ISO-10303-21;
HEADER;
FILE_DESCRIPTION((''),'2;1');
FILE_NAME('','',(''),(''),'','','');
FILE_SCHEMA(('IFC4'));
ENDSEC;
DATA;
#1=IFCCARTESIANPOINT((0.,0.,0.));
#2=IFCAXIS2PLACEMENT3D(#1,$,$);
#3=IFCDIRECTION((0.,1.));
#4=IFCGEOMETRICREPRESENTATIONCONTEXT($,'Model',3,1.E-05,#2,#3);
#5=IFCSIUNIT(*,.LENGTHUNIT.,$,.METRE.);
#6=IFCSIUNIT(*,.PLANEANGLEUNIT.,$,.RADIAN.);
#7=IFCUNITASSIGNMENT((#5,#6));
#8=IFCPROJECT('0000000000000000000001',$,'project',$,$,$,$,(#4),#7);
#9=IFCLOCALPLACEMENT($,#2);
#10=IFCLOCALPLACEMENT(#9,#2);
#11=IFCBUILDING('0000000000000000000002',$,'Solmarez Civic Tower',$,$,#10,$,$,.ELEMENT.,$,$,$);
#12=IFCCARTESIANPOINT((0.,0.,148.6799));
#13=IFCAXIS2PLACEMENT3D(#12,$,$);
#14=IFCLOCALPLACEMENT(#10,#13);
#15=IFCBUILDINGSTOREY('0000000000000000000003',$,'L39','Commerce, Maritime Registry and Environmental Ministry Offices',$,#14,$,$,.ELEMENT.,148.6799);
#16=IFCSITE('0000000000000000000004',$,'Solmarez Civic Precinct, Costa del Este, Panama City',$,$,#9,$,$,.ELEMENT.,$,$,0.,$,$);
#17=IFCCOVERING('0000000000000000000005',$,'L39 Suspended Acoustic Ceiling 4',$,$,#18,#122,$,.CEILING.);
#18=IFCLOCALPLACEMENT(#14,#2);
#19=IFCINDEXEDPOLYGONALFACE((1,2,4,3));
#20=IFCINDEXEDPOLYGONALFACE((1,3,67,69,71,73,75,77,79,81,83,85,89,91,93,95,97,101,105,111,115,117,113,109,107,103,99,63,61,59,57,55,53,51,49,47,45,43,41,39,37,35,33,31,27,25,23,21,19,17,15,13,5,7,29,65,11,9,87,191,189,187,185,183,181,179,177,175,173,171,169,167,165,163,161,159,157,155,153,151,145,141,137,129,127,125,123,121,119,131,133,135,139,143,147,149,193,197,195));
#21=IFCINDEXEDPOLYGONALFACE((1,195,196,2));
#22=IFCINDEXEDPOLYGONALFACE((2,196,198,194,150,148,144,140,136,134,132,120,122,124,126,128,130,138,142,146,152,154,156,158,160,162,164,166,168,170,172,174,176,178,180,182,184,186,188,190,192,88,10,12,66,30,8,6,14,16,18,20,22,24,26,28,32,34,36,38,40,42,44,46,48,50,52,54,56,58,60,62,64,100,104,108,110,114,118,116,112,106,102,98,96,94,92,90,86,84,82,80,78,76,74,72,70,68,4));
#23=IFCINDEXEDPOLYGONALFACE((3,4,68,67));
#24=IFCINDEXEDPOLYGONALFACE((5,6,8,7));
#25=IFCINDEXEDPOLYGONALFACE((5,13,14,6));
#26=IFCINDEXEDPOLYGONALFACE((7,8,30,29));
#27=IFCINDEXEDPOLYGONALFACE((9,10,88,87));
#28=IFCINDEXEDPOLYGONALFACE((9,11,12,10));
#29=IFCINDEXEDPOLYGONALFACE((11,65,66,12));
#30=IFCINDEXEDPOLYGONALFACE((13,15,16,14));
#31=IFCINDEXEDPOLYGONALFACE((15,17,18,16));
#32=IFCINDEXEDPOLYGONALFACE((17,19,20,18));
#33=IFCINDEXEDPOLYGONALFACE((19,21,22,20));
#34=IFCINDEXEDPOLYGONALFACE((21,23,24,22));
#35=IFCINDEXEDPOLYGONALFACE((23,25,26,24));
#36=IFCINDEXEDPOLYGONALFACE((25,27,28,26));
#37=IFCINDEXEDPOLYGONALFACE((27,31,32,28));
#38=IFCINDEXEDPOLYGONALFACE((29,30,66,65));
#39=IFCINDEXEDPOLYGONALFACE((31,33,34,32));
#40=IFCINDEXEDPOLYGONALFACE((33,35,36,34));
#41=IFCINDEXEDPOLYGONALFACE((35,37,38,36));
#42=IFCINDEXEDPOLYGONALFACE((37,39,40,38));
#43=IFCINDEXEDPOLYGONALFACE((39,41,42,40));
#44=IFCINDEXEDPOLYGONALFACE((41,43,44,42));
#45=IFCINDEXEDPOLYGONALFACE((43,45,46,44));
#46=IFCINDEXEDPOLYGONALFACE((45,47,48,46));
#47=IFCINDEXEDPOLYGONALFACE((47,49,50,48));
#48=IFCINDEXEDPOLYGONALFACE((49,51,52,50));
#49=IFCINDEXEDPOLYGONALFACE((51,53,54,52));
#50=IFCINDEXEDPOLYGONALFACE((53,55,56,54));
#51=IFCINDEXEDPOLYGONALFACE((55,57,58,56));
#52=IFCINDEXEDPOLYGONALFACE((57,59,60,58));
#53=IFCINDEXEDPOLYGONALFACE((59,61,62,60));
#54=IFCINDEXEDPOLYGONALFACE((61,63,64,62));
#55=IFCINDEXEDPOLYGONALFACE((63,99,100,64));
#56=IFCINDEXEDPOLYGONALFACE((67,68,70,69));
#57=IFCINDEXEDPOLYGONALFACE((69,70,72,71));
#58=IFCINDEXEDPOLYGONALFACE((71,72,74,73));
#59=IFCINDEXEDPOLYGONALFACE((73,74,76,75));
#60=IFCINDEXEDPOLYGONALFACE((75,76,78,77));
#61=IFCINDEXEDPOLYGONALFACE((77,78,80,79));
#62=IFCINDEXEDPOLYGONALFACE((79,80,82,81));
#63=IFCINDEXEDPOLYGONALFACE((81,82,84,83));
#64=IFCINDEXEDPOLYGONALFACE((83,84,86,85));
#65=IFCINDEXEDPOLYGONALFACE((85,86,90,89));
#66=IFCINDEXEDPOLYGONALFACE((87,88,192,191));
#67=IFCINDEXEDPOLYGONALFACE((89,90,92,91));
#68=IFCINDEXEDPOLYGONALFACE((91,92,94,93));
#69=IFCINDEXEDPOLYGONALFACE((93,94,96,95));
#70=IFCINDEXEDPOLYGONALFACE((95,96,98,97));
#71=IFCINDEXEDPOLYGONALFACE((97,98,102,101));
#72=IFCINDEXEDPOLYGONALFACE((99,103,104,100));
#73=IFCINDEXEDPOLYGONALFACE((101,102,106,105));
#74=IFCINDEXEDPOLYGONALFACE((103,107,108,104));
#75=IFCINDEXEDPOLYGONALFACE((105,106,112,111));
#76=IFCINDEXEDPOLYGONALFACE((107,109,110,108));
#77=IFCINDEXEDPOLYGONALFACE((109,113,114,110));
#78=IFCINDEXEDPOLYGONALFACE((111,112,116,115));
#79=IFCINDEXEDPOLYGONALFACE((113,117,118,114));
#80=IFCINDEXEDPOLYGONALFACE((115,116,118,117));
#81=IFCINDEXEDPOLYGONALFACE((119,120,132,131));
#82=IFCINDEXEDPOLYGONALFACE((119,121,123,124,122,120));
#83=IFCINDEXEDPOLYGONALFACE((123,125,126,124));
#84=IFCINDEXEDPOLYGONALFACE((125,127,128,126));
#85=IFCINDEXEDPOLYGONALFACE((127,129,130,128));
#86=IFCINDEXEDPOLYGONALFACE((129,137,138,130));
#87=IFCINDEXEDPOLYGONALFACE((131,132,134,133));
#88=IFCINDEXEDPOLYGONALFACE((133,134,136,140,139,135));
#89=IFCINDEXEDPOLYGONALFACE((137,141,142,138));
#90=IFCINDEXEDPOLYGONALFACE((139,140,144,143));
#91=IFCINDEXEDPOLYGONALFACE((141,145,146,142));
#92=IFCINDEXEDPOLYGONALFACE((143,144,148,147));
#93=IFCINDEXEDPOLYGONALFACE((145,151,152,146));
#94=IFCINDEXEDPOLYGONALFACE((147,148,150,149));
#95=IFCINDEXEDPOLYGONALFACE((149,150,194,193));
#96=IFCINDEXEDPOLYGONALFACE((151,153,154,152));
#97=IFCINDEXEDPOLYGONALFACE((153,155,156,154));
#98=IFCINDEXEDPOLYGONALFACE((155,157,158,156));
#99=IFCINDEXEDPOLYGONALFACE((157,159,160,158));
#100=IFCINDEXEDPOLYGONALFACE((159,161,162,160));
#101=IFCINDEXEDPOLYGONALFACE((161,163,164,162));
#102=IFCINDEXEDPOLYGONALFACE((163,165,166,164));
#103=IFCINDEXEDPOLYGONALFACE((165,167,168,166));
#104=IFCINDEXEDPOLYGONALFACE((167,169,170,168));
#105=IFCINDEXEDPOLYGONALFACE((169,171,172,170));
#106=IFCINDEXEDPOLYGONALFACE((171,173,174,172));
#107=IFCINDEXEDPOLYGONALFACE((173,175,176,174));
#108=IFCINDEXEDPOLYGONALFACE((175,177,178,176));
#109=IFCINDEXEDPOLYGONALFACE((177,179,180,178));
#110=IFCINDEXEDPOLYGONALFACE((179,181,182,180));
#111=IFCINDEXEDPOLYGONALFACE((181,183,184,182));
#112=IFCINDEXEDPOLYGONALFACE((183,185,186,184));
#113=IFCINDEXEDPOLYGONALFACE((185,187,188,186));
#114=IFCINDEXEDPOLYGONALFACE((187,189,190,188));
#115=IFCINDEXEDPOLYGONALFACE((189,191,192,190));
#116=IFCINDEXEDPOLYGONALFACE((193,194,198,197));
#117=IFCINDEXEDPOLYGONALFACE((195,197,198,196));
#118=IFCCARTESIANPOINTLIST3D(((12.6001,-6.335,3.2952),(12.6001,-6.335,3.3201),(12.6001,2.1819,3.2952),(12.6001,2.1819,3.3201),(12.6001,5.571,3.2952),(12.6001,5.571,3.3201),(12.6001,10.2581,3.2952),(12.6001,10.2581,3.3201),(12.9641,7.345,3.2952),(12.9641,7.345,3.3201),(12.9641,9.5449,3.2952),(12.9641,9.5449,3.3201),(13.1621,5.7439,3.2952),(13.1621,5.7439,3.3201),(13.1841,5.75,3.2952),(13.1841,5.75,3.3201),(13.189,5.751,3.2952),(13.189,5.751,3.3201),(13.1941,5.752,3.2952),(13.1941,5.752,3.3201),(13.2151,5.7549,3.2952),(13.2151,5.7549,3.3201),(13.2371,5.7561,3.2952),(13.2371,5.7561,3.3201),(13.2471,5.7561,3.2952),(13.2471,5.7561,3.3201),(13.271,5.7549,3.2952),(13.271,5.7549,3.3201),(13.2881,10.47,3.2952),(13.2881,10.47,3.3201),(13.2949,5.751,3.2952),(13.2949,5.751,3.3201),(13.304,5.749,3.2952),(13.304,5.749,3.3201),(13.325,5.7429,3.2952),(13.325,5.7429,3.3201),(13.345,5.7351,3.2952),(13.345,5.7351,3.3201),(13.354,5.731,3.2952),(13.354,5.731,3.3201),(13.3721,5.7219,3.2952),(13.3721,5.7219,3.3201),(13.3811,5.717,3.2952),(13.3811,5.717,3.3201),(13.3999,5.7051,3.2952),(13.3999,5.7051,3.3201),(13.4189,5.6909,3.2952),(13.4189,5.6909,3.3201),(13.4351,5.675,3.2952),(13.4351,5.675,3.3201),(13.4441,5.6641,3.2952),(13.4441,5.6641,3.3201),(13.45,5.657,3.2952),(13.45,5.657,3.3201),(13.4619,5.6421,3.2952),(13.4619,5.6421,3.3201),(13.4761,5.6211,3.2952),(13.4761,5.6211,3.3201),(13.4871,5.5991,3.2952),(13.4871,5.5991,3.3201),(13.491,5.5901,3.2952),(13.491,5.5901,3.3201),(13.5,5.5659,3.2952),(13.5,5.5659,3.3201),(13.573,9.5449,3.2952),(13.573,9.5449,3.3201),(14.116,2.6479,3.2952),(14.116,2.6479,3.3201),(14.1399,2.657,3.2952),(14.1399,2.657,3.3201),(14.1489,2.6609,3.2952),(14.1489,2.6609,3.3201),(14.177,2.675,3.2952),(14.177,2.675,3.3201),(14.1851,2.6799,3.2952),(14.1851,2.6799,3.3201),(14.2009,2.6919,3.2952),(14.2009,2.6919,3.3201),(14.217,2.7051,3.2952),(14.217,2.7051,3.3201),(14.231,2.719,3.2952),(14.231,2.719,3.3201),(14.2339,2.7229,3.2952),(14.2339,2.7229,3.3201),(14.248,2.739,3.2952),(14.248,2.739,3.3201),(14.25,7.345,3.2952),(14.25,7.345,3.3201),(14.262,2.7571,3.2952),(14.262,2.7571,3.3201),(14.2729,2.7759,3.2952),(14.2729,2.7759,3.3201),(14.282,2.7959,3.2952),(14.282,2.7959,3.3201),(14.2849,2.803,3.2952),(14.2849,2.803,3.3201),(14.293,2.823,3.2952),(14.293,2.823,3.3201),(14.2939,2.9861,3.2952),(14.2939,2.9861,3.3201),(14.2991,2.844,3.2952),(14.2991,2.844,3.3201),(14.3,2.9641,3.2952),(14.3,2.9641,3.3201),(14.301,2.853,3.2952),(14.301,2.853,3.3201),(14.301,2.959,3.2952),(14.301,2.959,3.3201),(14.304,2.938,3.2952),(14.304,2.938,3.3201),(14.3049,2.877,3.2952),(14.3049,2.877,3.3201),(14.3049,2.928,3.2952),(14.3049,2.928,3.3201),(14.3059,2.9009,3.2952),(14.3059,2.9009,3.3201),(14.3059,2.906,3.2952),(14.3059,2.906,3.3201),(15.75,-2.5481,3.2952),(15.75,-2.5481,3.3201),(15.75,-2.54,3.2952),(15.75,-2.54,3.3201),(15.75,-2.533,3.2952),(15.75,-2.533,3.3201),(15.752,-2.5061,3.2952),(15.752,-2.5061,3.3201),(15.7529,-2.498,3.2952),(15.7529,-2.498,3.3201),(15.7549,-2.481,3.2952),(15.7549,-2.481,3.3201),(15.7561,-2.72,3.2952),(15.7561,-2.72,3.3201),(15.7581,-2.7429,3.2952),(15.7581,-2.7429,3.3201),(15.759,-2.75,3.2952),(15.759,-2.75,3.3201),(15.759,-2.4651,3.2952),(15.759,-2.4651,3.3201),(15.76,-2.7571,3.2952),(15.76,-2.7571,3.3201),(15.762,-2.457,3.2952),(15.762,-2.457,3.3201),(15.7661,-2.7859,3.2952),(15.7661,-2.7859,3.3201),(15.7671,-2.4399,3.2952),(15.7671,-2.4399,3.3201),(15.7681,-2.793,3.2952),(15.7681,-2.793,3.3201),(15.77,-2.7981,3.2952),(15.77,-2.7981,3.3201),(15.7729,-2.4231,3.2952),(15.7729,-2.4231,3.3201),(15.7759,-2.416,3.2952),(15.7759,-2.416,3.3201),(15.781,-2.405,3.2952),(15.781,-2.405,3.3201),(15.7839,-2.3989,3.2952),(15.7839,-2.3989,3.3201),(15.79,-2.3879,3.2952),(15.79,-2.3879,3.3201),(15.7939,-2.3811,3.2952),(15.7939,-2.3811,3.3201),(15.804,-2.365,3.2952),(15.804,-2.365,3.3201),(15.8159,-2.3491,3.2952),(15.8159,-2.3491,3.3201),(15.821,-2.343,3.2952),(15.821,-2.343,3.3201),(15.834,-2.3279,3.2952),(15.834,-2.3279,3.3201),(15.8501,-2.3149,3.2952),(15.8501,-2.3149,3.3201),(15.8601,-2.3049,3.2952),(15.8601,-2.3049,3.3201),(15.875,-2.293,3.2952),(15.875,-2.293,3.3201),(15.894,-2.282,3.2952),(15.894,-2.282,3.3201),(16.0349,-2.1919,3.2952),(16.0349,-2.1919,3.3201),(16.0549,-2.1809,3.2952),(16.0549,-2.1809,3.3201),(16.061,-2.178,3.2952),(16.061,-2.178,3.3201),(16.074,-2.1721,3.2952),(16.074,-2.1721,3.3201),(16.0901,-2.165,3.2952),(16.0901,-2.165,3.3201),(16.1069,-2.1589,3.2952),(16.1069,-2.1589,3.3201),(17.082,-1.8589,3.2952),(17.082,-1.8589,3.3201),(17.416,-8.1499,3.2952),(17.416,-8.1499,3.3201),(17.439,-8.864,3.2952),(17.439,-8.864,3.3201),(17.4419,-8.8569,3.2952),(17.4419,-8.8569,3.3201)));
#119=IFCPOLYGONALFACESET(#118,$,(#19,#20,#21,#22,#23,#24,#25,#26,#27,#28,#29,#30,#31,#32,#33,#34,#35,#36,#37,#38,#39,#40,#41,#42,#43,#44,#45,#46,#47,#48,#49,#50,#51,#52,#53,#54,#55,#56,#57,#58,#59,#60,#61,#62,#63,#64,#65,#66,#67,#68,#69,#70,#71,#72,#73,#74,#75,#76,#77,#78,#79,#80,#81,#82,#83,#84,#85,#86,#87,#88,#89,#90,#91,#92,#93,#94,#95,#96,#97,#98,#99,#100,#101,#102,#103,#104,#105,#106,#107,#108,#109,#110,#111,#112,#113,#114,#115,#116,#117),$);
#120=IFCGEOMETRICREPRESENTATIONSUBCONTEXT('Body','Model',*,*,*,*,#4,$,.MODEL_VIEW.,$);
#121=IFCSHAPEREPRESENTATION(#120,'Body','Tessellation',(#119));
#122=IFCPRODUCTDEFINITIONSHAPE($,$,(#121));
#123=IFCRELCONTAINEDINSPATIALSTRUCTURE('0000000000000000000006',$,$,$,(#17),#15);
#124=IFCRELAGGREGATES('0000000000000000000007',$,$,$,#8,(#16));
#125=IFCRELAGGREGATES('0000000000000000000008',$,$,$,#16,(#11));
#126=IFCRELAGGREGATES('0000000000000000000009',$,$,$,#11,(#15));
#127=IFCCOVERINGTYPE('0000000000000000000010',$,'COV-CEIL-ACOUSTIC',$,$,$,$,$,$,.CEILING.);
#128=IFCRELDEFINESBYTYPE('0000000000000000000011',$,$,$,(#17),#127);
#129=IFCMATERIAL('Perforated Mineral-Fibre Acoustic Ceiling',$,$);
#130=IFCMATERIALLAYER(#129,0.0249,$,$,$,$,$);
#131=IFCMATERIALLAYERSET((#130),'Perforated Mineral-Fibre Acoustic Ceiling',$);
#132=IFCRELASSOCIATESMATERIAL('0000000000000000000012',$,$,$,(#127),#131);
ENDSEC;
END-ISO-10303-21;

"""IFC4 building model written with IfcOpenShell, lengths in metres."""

from ifc_helpers import new_model, si_unit, direction, frame, origin, place, context, subcontext, project, spatial, polyline, outline, extrude, material, layer, layer_set, type_object, element, save


model = new_model("IFC4")

# Units and contexts
model_context = context("Model", 3, precision=1e-05, world=origin(), true_north=direction((0.0, 1.0)))
body_context = subcontext(model_context, "Body", "Model", "MODEL_VIEW")
ifc_project = project(units=[si_unit("LENGTHUNIT", "METRE"), si_unit("PLANEANGLEUNIT", "RADIAN")], contexts=[model_context])

# Site, building, storey
site_placement = place(None, origin())
site = spatial("IfcSite", under=ifc_project, at=site_placement, Name="Solmarez Civic Precinct, Costa del Este, Panama City", CompositionType="ELEMENT", RefElevation=0.0)
building_placement = place(site_placement, origin())
building = spatial("IfcBuilding", under=site, at=building_placement, Name="Solmarez Civic Tower", CompositionType="ELEMENT")
storey_placement = place(building_placement, frame((0.0, 0.0, 148.6799)))
storey = spatial("IfcBuildingStorey", under=building, at=storey_placement, Name="L39", Description="Commerce, Maritime Registry and Environmental Ministry Offices", CompositionType="ELEMENT", Elevation=148.6799)

# Covering
ifc_material_1 = material(Name="Perforated Mineral-Fibre Acoustic Ceiling")
ifc_layer_1 = layer(ifc_material_1, 0.0249)
ifc_layer_set_1 = layer_set([ifc_layer_1], Name="Perforated Mineral-Fibre Acoustic Ceiling")
covering_type_1 = type_object("IfcCoveringType", Name="COV-CEIL-ACOUSTIC", PredefinedType="CEILING", material=ifc_layer_set_1)
covering_1_placement = place(storey_placement, frame((0.0, 0.0, 3.2952)))
element("IfcCovering", 1, at=covering_1_placement, inside=storey, type_object=covering_type_1, Name="L39 Suspended Acoustic Ceiling 4", PredefinedType="CEILING", context=body_context, shape_type="SweptSolid", body=[
    extrude(outline(polyline([(13.2881, 10.47), (12.6001, 10.2581), (12.6001, 5.571), (13.1621, 5.7439), (13.1841, 5.75), (13.189, 5.751), (13.1941, 5.752), (13.2151, 5.7549), (13.2371, 5.7561), (13.2471, 5.7561), (13.271, 5.7549), (13.2949, 5.751), (13.304, 5.749), (13.325, 5.7429), (13.345, 5.7351), (13.354, 5.731), (13.3721, 5.7219), (13.3811, 5.717), (13.3999, 5.7051), (13.4189, 5.6909), (13.4351, 5.675), (13.4441, 5.6641), (13.45, 5.657), (13.4619, 5.6421), (13.4761, 5.6211), (13.4871, 5.5991), (13.491, 5.5901), (13.5, 5.5659), (14.2939, 2.9861), (14.3, 2.9641), (14.301, 2.959), (14.304, 2.938), (14.3049, 2.928), (14.3059, 2.906), (14.3059, 2.9009), (14.3049, 2.877), (14.301, 2.853), (14.2991, 2.844), (14.293, 2.823), (14.2849, 2.803), (14.282, 2.7959), (14.2729, 2.7759), (14.262, 2.7571), (14.248, 2.739), (14.2339, 2.7229), (14.231, 2.719), (14.217, 2.7051), (14.2009, 2.6919), (14.1851, 2.6799), (14.177, 2.675), (14.1489, 2.6609), (14.1399, 2.657), (14.116, 2.6479), (12.6001, 2.1819), (12.6001, -6.335), (17.439, -8.864), (17.4419, -8.8569), (17.416, -8.1499), (15.77, -2.7981), (15.7681, -2.793), (15.7661, -2.7859), (15.76, -2.7571), (15.759, -2.75), (15.7581, -2.7429), (15.7561, -2.72), (15.75, -2.5481), (15.75, -2.54), (15.75, -2.533), (15.752, -2.5061), (15.7529, -2.498), (15.7549, -2.481), (15.759, -2.4651), (15.762, -2.457), (15.7671, -2.4399), (15.7729, -2.4231), (15.7759, -2.416), (15.781, -2.405), (15.7839, -2.3989), (15.79, -2.3879), (15.7939, -2.3811), (15.804, -2.365), (15.8159, -2.3491), (15.821, -2.343), (15.834, -2.3279), (15.8501, -2.3149), (15.8601, -2.3049), (15.875, -2.293), (15.894, -2.282), (16.0349, -2.1919), (16.0549, -2.1809), (16.061, -2.178), (16.074, -2.1721), (16.0901, -2.165), (16.1069, -2.1589), (17.082, -1.8589), (14.25, 7.345), (12.9641, 7.345), (12.9641, 9.5449), (13.573, 9.5449), (13.2881, 10.47)])), origin(), (0.0, 0.0, 1.0), 0.0249),
])

save(model, "model.ifc")
